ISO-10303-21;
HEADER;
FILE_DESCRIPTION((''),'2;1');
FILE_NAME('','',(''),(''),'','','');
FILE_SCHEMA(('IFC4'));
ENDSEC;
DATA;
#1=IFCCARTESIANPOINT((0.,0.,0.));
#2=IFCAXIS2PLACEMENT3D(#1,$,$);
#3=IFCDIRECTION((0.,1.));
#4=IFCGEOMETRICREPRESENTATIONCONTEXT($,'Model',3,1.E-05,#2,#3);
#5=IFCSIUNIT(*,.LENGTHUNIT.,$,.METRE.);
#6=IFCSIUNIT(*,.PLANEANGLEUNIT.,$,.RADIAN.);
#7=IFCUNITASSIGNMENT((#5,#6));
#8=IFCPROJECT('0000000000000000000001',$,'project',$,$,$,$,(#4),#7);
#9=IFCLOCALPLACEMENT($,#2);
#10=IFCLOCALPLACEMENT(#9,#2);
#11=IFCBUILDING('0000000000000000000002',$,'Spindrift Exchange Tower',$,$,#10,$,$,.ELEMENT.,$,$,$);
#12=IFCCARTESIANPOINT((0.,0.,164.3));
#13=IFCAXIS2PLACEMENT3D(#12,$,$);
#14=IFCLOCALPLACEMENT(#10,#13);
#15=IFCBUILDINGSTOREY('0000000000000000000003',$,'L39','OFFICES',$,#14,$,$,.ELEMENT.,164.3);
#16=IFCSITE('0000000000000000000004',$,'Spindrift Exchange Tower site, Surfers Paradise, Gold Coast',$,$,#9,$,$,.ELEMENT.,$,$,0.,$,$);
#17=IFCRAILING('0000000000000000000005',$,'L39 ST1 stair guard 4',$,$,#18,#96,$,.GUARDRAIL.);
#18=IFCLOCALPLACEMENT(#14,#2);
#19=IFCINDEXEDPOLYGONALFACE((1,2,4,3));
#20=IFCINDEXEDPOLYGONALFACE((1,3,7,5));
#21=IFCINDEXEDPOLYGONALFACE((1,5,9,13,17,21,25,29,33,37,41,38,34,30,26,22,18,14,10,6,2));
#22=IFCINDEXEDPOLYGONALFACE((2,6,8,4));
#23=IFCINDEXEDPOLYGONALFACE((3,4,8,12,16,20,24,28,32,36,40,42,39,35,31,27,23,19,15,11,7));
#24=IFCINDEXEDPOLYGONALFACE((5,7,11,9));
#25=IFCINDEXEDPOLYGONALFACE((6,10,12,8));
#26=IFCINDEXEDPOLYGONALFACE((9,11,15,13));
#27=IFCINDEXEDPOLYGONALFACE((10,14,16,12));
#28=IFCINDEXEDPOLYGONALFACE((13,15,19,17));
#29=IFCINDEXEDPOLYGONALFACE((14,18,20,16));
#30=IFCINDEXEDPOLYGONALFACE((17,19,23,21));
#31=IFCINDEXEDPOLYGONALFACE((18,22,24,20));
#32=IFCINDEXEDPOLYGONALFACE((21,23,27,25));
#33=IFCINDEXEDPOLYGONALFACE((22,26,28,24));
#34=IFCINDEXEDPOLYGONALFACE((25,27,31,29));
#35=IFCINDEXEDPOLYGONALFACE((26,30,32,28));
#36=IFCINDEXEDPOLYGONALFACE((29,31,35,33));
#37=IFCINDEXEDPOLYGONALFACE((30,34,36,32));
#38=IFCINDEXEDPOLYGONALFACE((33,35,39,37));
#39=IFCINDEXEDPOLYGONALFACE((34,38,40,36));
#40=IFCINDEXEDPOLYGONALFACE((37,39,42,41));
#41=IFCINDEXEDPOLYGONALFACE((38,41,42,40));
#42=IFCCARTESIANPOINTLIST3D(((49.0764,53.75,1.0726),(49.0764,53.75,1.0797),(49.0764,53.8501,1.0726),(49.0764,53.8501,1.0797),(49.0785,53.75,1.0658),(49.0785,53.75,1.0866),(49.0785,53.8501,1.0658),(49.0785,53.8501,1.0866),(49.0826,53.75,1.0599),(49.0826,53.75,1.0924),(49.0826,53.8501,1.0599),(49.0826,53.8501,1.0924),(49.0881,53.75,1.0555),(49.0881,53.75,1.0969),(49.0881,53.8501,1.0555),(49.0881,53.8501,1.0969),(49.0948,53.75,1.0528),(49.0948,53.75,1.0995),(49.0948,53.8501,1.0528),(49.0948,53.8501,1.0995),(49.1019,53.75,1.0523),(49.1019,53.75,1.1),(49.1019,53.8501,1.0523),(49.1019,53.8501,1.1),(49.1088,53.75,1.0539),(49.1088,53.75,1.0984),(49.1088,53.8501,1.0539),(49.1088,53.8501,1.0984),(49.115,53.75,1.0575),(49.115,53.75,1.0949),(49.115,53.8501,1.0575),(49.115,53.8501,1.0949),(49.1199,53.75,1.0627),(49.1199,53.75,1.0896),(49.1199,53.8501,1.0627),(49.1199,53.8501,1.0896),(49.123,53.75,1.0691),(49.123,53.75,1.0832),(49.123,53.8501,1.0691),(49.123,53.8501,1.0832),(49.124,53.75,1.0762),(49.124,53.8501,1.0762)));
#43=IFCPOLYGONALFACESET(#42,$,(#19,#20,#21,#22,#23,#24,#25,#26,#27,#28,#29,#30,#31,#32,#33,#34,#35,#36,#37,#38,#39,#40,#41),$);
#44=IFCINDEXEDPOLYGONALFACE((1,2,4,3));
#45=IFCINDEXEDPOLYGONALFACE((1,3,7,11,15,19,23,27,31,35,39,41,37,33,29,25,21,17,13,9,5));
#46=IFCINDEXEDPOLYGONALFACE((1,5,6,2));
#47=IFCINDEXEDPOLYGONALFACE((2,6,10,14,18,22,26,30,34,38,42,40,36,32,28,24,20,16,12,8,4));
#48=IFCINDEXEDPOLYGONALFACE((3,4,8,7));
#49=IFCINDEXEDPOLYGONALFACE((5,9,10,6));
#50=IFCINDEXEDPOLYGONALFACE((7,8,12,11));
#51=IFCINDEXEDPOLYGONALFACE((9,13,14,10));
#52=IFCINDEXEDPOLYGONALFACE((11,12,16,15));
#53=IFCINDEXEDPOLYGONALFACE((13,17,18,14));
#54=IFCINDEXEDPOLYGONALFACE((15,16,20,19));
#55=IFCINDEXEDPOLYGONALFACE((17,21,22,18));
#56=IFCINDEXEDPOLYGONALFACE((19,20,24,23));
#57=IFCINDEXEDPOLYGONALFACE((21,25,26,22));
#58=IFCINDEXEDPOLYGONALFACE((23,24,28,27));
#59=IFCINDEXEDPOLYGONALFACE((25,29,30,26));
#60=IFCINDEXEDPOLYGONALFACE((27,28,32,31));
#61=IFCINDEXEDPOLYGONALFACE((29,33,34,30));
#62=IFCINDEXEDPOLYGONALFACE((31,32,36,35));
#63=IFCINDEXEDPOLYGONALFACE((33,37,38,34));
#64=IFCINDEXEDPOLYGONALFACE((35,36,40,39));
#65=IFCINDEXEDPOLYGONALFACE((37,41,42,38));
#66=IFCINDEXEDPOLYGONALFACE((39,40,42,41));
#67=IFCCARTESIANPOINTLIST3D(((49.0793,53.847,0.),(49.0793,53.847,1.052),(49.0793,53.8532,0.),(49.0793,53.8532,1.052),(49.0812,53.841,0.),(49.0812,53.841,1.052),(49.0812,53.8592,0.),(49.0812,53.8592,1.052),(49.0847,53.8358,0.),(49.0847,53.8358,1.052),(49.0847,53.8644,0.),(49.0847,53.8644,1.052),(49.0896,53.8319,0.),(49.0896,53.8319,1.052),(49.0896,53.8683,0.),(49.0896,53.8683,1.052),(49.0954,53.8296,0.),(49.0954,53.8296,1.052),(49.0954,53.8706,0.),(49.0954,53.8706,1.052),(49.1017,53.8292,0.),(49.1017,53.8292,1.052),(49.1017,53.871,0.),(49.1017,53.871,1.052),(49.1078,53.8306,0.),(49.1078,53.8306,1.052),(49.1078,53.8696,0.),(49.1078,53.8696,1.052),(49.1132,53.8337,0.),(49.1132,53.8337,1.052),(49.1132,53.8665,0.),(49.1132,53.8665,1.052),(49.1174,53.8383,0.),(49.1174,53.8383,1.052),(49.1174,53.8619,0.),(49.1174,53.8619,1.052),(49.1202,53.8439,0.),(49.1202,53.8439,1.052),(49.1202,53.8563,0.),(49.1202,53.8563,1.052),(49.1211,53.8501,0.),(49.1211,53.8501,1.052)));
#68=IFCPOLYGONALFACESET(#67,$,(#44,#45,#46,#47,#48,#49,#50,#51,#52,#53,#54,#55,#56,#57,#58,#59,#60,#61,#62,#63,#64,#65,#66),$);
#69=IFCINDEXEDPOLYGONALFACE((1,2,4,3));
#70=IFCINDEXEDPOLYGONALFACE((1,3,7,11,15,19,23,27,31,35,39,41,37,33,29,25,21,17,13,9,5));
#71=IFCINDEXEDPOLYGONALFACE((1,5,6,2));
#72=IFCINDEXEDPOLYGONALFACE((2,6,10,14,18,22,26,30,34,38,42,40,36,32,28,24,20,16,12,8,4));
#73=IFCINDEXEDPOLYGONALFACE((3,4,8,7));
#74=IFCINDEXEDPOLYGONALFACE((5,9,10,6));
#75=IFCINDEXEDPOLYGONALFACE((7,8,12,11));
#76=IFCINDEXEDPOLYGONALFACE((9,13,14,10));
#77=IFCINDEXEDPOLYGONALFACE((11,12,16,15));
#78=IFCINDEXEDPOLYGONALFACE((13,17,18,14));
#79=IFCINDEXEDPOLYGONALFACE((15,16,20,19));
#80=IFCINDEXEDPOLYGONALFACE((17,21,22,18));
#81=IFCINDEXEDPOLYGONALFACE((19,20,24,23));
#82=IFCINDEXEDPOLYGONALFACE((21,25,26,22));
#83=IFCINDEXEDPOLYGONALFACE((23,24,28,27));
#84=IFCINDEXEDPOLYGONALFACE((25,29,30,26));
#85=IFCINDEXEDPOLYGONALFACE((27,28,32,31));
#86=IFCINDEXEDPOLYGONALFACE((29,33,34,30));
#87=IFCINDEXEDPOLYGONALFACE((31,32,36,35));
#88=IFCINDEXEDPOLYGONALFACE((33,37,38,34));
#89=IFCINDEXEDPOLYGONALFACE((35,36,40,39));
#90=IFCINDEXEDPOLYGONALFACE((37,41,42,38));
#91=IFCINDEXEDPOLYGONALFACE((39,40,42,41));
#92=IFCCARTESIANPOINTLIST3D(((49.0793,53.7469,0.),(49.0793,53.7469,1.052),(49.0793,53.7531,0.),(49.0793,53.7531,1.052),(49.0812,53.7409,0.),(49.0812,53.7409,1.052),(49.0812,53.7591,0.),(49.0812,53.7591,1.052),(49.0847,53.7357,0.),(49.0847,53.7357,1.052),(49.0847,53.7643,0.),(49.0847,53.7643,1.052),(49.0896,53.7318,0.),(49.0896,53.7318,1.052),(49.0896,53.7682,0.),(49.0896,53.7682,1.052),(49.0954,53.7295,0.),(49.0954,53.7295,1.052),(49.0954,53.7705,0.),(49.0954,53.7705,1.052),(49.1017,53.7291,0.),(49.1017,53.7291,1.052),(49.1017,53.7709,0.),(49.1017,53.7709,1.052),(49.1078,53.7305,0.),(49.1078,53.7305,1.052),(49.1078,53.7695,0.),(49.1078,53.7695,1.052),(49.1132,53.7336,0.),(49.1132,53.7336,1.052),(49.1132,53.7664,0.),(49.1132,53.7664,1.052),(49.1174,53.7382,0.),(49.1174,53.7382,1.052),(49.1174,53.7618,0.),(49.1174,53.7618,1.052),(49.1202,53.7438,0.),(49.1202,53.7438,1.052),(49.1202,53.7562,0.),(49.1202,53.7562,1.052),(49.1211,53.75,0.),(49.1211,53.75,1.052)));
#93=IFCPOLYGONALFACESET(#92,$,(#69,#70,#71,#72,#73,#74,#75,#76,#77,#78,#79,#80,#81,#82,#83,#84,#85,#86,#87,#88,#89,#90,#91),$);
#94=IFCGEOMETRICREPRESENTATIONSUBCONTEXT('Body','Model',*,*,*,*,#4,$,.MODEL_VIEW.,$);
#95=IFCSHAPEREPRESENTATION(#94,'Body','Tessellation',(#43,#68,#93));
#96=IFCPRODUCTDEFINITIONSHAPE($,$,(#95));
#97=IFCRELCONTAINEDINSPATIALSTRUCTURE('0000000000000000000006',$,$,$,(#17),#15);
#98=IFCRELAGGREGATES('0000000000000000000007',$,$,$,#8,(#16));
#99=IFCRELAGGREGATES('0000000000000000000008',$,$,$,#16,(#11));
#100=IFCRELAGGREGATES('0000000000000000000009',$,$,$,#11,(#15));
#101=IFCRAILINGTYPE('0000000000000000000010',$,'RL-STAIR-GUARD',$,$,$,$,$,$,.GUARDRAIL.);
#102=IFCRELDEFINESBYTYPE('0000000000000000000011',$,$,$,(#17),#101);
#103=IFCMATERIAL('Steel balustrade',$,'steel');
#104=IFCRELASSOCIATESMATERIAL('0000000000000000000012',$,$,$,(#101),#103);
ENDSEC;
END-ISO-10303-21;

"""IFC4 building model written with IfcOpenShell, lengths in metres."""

from ifc_helpers import new_model, si_unit, direction, frame, origin, origin_2d, place, context, subcontext, project, spatial, circle, extrude, material, type_object, element, save


model = new_model("IFC4")

# Units and contexts
model_context = context("Model", 3, precision=1e-05, world=origin(), true_north=direction((0.0, 1.0)))
body_context = subcontext(model_context, "Body", "Model", "MODEL_VIEW")
ifc_project = project(units=[si_unit("LENGTHUNIT", "METRE"), si_unit("PLANEANGLEUNIT", "RADIAN")], contexts=[model_context])

# Site, building, storey
site_placement = place(None, origin())
site = spatial("IfcSite", under=ifc_project, at=site_placement, Name="Spindrift Exchange Tower site, Surfers Paradise, Gold Coast", CompositionType="ELEMENT", RefElevation=0.0)
building_placement = place(site_placement, origin())
building = spatial("IfcBuilding", under=site, at=building_placement, Name="Spindrift Exchange Tower", CompositionType="ELEMENT")
storey_placement = place(building_placement, frame((0.0, 0.0, 164.3)))
storey = spatial("IfcBuildingStorey", under=building, at=storey_placement, Name="L39", Description="OFFICES", CompositionType="ELEMENT", Elevation=164.3)

# Railing
ifc_material_1 = material(Name="Steel balustrade", Category="steel")
railing_type_1 = type_object("IfcRailingType", Name="RL-STAIR-GUARD", PredefinedType="GUARDRAIL", material=ifc_material_1)
railing_1_placement = place(storey_placement, frame((49.1001, 53.8501, 0.0)))
element("IfcRailing", 1, at=railing_1_placement, inside=storey, type_object=railing_type_1, Name="L39 ST1 stair guard 4", PredefinedType="GUARDRAIL", context=body_context, shape_type="SweptSolid", body=[
    extrude(circle(Radius=0.0239, at=origin_2d()), frame((0.0, 0.0, 1.0762), z_axis=(0.0, -1.0, 0.0), x_axis=(1.0, 0.0, 0.0)), (0.0, 0.0, 1.0), 0.1001),
    extrude(circle(Radius=0.021, at=origin_2d()), origin(), (0.0, 0.0, 1.0), 1.052),
    extrude(circle(Radius=0.021, at=origin_2d()), frame((0.0, -0.1001, 0.0)), (0.0, 0.0, 1.0), 1.052),
])

save(model, "model.ifc")
